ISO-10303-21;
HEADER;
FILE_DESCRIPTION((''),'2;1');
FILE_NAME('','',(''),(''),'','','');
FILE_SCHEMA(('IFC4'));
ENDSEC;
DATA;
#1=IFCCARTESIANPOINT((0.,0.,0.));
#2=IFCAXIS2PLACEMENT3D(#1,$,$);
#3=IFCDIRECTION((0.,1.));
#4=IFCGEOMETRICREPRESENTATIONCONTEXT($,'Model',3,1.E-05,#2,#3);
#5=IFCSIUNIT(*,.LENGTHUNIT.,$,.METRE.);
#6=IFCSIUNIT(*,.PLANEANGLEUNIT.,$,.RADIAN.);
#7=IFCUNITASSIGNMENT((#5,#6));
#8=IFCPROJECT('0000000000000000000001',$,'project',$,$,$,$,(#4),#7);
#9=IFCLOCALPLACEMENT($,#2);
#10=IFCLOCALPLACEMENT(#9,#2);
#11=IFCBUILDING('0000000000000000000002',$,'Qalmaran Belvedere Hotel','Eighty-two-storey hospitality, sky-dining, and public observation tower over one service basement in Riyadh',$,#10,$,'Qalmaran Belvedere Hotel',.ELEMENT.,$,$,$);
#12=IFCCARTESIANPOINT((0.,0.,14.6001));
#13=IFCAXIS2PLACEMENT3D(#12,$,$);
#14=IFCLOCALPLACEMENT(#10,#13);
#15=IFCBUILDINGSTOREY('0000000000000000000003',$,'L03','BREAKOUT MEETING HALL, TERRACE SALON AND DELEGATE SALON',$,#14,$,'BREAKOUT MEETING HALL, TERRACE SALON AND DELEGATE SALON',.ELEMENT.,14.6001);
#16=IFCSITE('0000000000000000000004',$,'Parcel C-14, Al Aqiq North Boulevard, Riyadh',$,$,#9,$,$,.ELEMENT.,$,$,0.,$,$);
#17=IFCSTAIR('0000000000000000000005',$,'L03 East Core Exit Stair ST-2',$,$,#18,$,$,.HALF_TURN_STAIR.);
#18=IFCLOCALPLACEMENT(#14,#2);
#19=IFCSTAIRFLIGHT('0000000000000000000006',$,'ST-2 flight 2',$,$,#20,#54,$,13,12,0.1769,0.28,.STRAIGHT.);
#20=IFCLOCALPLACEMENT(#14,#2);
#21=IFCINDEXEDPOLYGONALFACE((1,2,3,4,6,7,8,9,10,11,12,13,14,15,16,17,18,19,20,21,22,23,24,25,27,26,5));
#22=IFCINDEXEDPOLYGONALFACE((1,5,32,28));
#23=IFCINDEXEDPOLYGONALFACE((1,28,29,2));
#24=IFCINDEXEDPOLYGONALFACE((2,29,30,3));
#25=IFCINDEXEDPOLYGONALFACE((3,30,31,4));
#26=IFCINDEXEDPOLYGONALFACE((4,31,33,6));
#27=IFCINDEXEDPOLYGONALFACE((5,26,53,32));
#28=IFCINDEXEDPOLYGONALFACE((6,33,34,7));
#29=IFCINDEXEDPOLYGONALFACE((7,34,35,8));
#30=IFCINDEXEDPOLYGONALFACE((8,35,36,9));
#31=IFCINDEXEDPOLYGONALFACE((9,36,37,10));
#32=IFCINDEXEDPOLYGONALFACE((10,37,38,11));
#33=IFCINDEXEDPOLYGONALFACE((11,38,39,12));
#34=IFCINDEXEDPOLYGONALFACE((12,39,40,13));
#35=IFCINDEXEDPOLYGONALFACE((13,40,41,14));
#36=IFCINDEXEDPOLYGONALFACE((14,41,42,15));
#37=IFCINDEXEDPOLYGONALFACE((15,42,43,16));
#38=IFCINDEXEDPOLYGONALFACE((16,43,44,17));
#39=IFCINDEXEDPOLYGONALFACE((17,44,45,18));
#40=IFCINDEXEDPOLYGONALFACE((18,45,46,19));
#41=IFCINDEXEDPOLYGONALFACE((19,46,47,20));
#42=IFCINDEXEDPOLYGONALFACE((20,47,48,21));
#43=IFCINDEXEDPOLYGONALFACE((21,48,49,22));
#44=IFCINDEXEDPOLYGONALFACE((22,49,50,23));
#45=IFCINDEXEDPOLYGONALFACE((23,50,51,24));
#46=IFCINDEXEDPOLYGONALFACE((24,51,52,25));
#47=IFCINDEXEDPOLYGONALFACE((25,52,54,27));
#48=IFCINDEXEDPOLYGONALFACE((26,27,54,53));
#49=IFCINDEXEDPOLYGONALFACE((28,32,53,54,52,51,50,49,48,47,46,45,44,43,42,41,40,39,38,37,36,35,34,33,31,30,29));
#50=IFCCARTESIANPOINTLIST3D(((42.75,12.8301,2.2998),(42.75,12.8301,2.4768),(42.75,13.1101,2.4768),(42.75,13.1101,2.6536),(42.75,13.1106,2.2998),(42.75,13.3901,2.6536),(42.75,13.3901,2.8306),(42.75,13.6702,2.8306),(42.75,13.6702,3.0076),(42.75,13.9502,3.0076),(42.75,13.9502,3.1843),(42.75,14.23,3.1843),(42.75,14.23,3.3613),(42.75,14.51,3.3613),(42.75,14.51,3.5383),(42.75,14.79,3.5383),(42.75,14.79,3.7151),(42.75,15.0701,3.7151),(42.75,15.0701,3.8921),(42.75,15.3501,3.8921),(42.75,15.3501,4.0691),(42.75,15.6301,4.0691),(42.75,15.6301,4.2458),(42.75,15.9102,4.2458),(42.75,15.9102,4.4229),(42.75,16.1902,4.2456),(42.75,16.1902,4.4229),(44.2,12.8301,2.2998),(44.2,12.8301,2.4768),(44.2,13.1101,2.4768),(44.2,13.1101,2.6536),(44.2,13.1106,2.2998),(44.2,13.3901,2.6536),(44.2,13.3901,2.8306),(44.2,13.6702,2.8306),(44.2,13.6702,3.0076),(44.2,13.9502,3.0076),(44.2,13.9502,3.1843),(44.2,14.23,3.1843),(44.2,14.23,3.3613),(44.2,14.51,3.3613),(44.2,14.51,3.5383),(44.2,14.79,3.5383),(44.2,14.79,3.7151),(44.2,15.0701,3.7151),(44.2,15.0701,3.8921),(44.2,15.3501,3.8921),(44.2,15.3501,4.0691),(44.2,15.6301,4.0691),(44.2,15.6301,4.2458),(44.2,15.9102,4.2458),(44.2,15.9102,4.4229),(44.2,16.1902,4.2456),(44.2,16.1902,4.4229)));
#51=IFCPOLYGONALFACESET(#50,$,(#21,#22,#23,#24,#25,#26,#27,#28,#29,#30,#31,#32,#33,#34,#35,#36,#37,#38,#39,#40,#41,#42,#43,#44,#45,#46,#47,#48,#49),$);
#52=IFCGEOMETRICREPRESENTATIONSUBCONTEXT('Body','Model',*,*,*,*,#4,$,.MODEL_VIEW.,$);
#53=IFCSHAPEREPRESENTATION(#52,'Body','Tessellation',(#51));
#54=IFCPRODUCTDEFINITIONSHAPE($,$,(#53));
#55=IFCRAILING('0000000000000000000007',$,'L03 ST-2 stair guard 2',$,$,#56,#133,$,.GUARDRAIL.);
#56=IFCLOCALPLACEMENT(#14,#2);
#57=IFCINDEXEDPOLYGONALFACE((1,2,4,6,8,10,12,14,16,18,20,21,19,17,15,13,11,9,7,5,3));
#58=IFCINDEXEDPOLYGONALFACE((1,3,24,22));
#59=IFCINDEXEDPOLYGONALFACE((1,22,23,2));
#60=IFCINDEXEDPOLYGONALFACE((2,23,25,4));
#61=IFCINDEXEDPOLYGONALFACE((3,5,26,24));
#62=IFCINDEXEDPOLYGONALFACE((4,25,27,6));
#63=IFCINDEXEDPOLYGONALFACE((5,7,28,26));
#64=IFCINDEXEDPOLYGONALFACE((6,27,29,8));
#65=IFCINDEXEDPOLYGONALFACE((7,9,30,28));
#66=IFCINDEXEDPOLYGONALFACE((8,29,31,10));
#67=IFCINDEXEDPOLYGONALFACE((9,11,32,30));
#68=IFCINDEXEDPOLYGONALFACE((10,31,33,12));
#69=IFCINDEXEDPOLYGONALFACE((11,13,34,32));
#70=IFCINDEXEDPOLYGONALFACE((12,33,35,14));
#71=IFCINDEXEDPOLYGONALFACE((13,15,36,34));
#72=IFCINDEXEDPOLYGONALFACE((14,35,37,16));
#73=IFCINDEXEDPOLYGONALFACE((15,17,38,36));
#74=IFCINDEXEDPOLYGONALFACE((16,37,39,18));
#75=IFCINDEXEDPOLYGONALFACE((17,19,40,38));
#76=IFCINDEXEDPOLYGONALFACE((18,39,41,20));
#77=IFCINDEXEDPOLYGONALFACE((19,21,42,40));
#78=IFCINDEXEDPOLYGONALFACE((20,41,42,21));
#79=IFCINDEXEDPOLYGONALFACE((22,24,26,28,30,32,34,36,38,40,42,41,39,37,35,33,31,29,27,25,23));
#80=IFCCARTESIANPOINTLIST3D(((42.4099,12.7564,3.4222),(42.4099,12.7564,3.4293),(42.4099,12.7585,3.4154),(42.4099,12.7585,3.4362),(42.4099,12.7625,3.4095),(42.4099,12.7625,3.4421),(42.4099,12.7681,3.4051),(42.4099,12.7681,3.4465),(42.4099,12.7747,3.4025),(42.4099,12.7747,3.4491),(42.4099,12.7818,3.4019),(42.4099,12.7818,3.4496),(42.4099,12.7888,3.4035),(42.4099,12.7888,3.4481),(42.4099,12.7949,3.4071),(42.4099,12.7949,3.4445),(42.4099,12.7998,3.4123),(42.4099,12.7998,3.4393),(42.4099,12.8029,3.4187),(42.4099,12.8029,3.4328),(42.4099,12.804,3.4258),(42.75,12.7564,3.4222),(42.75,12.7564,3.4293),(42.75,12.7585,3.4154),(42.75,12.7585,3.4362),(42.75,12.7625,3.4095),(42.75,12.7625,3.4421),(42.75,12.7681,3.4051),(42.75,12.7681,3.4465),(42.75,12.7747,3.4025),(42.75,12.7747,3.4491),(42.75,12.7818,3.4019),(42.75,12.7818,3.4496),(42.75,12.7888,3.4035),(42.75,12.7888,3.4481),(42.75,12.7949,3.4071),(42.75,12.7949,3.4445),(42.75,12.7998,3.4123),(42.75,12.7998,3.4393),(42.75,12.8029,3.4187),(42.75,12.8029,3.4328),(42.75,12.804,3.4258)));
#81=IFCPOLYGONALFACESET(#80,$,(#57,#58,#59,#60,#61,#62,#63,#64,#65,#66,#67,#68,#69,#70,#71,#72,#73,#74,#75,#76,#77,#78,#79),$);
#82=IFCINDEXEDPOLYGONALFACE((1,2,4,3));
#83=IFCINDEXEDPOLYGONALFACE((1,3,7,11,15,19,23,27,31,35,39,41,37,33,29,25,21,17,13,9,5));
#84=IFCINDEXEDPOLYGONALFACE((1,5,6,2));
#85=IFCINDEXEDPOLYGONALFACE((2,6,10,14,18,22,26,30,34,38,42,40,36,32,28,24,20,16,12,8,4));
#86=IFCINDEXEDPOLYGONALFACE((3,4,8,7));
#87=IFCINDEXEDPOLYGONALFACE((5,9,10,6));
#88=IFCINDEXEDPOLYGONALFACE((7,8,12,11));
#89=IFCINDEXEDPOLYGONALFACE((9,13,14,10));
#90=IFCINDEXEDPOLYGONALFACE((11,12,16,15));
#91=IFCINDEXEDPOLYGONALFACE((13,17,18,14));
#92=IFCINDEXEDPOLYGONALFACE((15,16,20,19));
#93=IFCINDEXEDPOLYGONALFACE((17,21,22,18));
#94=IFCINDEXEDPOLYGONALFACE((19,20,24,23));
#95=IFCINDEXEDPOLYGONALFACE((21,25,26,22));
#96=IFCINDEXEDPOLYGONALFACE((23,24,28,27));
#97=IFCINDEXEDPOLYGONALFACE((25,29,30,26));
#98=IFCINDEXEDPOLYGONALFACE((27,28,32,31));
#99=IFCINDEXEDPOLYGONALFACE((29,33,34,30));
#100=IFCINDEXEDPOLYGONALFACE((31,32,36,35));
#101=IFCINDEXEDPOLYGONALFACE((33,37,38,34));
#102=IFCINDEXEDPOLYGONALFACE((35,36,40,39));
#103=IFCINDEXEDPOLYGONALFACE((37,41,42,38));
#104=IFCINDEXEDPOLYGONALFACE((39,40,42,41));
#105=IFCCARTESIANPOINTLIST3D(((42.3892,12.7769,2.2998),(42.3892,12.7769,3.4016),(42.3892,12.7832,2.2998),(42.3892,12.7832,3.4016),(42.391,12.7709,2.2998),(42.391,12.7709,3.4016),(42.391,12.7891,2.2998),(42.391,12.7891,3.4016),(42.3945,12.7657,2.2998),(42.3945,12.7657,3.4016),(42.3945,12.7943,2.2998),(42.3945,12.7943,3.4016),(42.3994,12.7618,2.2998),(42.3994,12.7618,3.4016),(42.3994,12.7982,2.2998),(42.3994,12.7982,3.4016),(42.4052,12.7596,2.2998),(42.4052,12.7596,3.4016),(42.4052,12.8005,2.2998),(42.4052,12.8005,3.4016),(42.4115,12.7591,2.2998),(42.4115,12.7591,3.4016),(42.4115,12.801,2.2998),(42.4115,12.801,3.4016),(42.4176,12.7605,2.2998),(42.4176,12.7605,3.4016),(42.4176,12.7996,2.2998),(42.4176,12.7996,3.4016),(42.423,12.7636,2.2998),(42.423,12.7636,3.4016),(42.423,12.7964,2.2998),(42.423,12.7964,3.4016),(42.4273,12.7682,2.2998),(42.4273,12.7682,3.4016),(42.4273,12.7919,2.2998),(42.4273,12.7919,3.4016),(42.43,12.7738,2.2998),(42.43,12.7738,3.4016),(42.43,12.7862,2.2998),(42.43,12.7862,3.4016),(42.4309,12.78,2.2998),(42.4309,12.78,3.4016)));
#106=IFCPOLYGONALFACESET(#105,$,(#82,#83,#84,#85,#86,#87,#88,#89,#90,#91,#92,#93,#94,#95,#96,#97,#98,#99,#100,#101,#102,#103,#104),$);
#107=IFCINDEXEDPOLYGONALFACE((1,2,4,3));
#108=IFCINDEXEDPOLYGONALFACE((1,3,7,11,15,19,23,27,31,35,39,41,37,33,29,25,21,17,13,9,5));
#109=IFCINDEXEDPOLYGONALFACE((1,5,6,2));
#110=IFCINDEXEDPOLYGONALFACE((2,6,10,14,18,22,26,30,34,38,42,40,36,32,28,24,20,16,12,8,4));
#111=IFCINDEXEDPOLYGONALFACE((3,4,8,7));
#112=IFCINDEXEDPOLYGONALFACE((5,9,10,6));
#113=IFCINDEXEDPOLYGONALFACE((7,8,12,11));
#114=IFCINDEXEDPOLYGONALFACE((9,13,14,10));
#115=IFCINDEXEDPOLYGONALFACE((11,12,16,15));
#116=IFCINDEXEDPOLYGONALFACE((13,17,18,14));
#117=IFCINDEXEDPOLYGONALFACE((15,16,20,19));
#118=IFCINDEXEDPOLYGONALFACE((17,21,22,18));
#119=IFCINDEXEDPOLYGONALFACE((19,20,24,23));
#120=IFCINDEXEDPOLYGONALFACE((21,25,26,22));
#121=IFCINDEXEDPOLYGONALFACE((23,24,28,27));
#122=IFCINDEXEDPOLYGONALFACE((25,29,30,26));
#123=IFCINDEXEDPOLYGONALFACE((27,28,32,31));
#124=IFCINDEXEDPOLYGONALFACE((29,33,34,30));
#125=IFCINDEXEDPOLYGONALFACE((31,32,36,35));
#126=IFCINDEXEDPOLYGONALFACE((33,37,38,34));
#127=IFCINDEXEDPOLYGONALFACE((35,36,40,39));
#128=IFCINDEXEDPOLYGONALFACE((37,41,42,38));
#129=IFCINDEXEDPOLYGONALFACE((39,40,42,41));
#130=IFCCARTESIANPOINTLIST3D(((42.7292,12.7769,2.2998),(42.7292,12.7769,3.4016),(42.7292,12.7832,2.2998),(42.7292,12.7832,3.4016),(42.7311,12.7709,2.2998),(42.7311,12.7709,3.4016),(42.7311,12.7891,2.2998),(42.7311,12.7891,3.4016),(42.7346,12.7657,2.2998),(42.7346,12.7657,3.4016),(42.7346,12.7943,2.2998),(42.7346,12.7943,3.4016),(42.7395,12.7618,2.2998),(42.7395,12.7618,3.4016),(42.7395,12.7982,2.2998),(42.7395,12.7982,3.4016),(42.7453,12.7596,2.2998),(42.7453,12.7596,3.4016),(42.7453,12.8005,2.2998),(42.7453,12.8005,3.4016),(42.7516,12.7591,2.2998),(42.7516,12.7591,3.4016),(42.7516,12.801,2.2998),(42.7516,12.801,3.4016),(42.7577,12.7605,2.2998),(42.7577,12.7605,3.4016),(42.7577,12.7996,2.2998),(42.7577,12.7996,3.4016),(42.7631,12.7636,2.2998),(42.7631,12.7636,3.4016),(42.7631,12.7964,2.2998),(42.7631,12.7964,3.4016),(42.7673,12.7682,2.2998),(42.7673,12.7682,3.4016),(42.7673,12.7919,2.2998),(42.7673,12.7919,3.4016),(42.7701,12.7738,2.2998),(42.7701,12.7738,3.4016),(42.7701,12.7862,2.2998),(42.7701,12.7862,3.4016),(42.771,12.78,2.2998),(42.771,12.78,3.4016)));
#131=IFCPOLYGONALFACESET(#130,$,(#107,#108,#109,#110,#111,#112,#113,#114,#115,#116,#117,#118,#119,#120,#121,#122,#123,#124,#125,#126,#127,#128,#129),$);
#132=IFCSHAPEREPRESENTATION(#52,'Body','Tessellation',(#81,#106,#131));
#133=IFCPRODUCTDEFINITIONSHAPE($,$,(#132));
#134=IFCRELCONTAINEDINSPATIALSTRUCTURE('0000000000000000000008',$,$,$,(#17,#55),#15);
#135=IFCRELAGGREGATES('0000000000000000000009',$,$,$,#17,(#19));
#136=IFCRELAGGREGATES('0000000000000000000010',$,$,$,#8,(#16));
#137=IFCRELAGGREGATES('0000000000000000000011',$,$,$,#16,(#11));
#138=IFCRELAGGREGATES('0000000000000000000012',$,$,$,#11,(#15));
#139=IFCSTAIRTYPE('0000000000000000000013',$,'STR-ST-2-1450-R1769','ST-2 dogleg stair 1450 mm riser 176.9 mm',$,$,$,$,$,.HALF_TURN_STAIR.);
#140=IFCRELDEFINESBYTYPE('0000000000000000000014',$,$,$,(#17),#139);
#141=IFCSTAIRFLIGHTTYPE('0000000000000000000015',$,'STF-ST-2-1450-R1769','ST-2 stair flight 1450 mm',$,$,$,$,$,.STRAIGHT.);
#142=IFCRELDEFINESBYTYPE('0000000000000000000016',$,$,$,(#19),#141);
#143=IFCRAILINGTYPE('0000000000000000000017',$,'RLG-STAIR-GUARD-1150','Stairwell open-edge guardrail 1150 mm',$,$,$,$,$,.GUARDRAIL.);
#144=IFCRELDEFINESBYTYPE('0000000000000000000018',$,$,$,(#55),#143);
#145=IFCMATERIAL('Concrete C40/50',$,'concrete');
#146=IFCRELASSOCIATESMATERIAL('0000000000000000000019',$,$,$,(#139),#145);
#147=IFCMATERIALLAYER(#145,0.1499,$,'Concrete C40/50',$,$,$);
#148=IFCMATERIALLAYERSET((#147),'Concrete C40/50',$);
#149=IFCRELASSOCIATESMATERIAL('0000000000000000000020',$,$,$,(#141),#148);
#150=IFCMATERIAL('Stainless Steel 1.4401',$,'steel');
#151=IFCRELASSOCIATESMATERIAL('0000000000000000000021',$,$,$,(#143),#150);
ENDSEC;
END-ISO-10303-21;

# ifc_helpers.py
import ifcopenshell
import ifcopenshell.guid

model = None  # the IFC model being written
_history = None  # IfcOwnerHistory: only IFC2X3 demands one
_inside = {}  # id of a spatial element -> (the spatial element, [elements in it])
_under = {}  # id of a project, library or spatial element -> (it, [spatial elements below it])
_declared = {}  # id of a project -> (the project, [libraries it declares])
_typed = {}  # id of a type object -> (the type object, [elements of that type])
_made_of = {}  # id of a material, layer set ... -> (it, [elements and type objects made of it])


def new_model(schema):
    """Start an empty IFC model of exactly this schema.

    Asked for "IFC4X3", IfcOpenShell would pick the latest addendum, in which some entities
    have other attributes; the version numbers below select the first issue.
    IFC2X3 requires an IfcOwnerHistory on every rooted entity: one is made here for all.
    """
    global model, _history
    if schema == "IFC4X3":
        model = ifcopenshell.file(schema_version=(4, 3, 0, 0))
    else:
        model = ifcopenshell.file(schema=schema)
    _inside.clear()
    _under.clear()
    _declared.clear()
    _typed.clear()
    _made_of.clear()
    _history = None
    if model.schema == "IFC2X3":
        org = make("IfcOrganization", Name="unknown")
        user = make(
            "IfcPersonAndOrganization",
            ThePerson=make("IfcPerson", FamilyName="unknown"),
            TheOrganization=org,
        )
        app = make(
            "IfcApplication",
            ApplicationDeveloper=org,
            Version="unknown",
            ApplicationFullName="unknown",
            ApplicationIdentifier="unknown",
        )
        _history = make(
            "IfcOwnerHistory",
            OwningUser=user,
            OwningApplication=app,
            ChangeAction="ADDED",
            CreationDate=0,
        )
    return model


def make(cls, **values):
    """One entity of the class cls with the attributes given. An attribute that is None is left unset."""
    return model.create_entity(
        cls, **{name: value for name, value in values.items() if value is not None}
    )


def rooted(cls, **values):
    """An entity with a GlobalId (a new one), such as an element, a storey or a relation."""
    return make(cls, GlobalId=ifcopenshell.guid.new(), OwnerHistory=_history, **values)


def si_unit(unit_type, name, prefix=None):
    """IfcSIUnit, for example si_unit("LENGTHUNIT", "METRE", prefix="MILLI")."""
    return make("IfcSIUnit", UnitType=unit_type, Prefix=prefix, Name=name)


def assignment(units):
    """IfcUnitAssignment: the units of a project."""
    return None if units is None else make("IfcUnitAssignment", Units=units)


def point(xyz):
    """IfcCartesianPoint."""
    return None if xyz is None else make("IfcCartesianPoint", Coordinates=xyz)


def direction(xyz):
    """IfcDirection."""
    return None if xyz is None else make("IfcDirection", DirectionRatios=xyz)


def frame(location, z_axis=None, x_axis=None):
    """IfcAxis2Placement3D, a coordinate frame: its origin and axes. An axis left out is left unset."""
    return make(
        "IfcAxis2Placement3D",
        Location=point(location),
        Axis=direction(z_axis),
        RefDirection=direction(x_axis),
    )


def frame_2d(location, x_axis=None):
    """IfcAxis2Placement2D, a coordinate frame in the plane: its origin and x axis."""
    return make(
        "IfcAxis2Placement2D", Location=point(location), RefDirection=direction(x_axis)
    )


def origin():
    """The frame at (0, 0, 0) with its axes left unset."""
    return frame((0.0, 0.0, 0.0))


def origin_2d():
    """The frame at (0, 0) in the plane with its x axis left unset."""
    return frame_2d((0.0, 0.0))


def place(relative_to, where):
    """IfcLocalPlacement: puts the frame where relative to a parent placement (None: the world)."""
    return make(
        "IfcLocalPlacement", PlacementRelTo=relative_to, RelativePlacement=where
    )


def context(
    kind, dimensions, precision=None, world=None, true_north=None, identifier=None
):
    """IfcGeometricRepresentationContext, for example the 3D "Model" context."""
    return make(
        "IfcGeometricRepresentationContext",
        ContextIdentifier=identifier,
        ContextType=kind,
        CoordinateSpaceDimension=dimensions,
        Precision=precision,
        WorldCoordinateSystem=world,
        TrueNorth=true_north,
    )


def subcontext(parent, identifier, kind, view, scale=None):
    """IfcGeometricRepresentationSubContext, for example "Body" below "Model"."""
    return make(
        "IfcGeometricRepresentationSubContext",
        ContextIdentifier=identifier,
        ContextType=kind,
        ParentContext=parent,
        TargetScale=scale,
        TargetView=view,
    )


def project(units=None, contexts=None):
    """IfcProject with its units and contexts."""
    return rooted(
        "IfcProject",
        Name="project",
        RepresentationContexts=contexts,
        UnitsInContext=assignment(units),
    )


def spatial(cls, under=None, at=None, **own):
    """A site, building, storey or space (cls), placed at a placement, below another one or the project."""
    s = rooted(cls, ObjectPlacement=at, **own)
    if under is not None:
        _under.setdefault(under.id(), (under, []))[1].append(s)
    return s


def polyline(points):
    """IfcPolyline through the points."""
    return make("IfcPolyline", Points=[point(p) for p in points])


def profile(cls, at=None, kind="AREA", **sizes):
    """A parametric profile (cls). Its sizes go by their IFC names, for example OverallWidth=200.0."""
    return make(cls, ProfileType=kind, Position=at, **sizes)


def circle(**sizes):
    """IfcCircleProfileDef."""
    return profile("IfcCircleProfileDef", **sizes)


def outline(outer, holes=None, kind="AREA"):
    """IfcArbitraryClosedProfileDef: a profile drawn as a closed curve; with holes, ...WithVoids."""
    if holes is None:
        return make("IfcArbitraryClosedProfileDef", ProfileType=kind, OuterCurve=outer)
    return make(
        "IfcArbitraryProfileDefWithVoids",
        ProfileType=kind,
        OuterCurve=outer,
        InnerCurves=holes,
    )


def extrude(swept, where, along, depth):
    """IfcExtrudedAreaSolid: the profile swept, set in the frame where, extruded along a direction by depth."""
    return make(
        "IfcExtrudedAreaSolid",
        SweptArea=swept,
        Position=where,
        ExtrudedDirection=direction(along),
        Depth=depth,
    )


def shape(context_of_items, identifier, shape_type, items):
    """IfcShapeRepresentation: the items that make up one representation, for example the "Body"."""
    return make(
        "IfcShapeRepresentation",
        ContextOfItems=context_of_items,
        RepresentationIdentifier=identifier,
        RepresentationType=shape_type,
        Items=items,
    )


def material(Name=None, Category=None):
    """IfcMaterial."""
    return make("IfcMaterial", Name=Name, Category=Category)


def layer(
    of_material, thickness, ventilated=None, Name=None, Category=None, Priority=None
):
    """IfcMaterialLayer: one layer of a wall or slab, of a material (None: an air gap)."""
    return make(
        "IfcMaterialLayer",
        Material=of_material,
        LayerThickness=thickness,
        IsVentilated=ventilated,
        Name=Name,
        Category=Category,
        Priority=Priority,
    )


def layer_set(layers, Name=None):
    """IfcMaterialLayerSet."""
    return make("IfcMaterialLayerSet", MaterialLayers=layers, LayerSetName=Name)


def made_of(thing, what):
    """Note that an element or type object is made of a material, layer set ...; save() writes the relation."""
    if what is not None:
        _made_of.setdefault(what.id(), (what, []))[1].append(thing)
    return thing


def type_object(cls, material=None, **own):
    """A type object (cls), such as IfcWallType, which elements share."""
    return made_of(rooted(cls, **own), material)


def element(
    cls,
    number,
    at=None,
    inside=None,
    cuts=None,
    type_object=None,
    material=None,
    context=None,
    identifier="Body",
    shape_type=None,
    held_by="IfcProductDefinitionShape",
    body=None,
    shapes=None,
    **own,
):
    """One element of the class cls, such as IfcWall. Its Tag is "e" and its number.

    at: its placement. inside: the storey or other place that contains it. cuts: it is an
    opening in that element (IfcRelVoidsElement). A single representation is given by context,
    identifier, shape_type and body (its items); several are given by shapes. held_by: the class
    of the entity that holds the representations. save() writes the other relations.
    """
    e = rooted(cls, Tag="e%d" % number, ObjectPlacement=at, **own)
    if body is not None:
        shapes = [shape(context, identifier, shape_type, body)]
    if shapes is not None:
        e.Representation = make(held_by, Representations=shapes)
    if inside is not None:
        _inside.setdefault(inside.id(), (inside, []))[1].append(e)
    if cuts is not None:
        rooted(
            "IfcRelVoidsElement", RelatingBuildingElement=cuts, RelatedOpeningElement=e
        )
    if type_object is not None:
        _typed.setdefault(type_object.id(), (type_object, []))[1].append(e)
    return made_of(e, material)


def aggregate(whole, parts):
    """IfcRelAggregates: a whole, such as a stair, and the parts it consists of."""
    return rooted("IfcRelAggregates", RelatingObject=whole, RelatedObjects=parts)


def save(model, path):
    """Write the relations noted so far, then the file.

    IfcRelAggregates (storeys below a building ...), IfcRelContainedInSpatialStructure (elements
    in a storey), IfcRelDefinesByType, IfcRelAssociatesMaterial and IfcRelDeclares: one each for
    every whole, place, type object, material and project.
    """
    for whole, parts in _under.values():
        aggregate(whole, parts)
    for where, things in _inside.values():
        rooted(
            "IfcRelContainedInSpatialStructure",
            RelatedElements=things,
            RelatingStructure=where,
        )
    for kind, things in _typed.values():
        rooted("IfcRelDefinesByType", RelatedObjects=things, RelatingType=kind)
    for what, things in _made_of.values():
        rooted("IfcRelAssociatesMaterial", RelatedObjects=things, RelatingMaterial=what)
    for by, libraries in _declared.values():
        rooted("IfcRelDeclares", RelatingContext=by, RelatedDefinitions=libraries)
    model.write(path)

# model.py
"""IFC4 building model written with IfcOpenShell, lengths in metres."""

from ifc_helpers import new_model, si_unit, direction, frame, origin, origin_2d, place, context, subcontext, project, spatial, polyline, circle, outline, extrude, material, layer, layer_set, type_object, element, aggregate, save


model = new_model("IFC4")

# Units and contexts
model_context = context("Model", 3, precision=1e-05, world=origin(), true_north=direction((0.0, 1.0)))
body_context = subcontext(model_context, "Body", "Model", "MODEL_VIEW")
ifc_project = project(units=[si_unit("LENGTHUNIT", "METRE"), si_unit("PLANEANGLEUNIT", "RADIAN")], contexts=[model_context])

# Site, building, storey
site_placement = place(None, origin())
site = spatial("IfcSite", under=ifc_project, at=site_placement, Name="Parcel C-14, Al Aqiq North Boulevard, Riyadh", CompositionType="ELEMENT", RefElevation=0.0)
building_placement = place(site_placement, origin())
building = spatial("IfcBuilding", under=site, at=building_placement, Name="Qalmaran Belvedere Hotel", Description="Eighty-two-storey hospitality, sky-dining, and public observation tower over one service basement in Riyadh", LongName="Qalmaran Belvedere Hotel", CompositionType="ELEMENT")
storey_placement = place(building_placement, frame((0.0, 0.0, 14.6001)))
storey = spatial("IfcBuildingStorey", under=building, at=storey_placement, Name="L03", Description="BREAKOUT MEETING HALL, TERRACE SALON AND DELEGATE SALON", LongName="BREAKOUT MEETING HALL, TERRACE SALON AND DELEGATE SALON", CompositionType="ELEMENT", Elevation=14.6001)

# Stair, stair flight
ifc_material_1 = material(Name="Concrete C40/50", Category="concrete")
stair_type = type_object("IfcStairType", Name="STR-ST-2-1450-R1769", Description="ST-2 dogleg stair 1450 mm riser 176.9 mm", PredefinedType="HALF_TURN_STAIR", material=ifc_material_1)
stair_placement = place(storey_placement, origin())
stair = element("IfcStair", 1, at=stair_placement, inside=storey, type_object=stair_type, Name="L03 East Core Exit Stair ST-2", PredefinedType="HALF_TURN_STAIR")
ifc_layer_1 = layer(ifc_material_1, 0.1499, Name="Concrete C40/50")
ifc_layer_set_1 = layer_set([ifc_layer_1], Name="Concrete C40/50")
stair_flight_type = type_object("IfcStairFlightType", Name="STF-ST-2-1450-R1769", Description="ST-2 stair flight 1450 mm", PredefinedType="STRAIGHT", material=ifc_layer_set_1)
stair_flight_placement = place(storey_placement, frame((43.4751, 12.8301, 2.2998), z_axis=(0.0, 0.0, 1.0), x_axis=(0.0, 1.0, 0.0)))
stair_flight = element("IfcStairFlight", 2, at=stair_flight_placement, type_object=stair_flight_type, Name="ST-2 flight 2", NumberOfRisers=13, NumberOfTreads=12, PredefinedType="STRAIGHT", RiserHeight=0.1769, TreadLength=0.28, context=body_context, shape_type="SweptSolid", body=[
    extrude(outline(polyline([(0.0, 0.0), (0.0, 0.177), (0.28, 0.177), (0.28, 0.3538), (0.5601, 0.3538), (0.5601, 0.5308), (0.8401, 0.5308), (0.8401, 0.7078), (1.1201, 0.7078), (1.1201, 0.8845), (1.3999, 0.8845), (1.3999, 1.0615), (1.6799, 1.0615), (1.6799, 1.2385), (1.96, 1.2385), (1.96, 1.4153), (2.24, 1.4153), (2.24, 1.5923), (2.52, 1.5923), (2.52, 1.7693), (2.8, 1.7693), (2.8, 1.946), (3.0801, 1.946), (3.0801, 2.123), (3.3601, 2.123), (3.3601, 2.3), (3.3601, 1.9458), (0.2805, 0.0), (0.0, 0.0)])), frame((0.0, 0.7251, 0.0), z_axis=(0.0, -1.0, 0.0), x_axis=(1.0, 0.0, 0.0)), (0.0, 0.0, 1.0), 1.45),
])
aggregate(stair, [stair_flight])

# Railing
ifc_material_2 = material(Name="Stainless Steel 1.4401", Category="steel")
railing_type_1 = type_object("IfcRailingType", Name="RLG-STAIR-GUARD-1150", Description="Stairwell open-edge guardrail 1150 mm", PredefinedType="GUARDRAIL", material=ifc_material_2)
railing_1_placement = place(storey_placement, frame((42.4099, 12.78, 2.2998)))
element("IfcRailing", 3, at=railing_1_placement, inside=storey, type_object=railing_type_1, Name="L03 ST-2 stair guard 2", PredefinedType="GUARDRAIL", context=body_context, shape_type="SweptSolid", body=[
    extrude(circle(Radius=0.0239, at=origin_2d()), frame((0.0, 0.0, 1.126), z_axis=(1.0, 0.0, 0.0), x_axis=(0.0, 1.0, 0.0)), (0.0, 0.0, 1.0), 0.3401),
    extrude(circle(Radius=0.021, at=origin_2d()), origin(), (0.0, 0.0, 1.0), 1.1018),
    extrude(circle(Radius=0.021, at=origin_2d()), frame((0.3401, 0.0, 0.0)), (0.0, 0.0, 1.0), 1.1018),
])

save(model, "model.ifc")
